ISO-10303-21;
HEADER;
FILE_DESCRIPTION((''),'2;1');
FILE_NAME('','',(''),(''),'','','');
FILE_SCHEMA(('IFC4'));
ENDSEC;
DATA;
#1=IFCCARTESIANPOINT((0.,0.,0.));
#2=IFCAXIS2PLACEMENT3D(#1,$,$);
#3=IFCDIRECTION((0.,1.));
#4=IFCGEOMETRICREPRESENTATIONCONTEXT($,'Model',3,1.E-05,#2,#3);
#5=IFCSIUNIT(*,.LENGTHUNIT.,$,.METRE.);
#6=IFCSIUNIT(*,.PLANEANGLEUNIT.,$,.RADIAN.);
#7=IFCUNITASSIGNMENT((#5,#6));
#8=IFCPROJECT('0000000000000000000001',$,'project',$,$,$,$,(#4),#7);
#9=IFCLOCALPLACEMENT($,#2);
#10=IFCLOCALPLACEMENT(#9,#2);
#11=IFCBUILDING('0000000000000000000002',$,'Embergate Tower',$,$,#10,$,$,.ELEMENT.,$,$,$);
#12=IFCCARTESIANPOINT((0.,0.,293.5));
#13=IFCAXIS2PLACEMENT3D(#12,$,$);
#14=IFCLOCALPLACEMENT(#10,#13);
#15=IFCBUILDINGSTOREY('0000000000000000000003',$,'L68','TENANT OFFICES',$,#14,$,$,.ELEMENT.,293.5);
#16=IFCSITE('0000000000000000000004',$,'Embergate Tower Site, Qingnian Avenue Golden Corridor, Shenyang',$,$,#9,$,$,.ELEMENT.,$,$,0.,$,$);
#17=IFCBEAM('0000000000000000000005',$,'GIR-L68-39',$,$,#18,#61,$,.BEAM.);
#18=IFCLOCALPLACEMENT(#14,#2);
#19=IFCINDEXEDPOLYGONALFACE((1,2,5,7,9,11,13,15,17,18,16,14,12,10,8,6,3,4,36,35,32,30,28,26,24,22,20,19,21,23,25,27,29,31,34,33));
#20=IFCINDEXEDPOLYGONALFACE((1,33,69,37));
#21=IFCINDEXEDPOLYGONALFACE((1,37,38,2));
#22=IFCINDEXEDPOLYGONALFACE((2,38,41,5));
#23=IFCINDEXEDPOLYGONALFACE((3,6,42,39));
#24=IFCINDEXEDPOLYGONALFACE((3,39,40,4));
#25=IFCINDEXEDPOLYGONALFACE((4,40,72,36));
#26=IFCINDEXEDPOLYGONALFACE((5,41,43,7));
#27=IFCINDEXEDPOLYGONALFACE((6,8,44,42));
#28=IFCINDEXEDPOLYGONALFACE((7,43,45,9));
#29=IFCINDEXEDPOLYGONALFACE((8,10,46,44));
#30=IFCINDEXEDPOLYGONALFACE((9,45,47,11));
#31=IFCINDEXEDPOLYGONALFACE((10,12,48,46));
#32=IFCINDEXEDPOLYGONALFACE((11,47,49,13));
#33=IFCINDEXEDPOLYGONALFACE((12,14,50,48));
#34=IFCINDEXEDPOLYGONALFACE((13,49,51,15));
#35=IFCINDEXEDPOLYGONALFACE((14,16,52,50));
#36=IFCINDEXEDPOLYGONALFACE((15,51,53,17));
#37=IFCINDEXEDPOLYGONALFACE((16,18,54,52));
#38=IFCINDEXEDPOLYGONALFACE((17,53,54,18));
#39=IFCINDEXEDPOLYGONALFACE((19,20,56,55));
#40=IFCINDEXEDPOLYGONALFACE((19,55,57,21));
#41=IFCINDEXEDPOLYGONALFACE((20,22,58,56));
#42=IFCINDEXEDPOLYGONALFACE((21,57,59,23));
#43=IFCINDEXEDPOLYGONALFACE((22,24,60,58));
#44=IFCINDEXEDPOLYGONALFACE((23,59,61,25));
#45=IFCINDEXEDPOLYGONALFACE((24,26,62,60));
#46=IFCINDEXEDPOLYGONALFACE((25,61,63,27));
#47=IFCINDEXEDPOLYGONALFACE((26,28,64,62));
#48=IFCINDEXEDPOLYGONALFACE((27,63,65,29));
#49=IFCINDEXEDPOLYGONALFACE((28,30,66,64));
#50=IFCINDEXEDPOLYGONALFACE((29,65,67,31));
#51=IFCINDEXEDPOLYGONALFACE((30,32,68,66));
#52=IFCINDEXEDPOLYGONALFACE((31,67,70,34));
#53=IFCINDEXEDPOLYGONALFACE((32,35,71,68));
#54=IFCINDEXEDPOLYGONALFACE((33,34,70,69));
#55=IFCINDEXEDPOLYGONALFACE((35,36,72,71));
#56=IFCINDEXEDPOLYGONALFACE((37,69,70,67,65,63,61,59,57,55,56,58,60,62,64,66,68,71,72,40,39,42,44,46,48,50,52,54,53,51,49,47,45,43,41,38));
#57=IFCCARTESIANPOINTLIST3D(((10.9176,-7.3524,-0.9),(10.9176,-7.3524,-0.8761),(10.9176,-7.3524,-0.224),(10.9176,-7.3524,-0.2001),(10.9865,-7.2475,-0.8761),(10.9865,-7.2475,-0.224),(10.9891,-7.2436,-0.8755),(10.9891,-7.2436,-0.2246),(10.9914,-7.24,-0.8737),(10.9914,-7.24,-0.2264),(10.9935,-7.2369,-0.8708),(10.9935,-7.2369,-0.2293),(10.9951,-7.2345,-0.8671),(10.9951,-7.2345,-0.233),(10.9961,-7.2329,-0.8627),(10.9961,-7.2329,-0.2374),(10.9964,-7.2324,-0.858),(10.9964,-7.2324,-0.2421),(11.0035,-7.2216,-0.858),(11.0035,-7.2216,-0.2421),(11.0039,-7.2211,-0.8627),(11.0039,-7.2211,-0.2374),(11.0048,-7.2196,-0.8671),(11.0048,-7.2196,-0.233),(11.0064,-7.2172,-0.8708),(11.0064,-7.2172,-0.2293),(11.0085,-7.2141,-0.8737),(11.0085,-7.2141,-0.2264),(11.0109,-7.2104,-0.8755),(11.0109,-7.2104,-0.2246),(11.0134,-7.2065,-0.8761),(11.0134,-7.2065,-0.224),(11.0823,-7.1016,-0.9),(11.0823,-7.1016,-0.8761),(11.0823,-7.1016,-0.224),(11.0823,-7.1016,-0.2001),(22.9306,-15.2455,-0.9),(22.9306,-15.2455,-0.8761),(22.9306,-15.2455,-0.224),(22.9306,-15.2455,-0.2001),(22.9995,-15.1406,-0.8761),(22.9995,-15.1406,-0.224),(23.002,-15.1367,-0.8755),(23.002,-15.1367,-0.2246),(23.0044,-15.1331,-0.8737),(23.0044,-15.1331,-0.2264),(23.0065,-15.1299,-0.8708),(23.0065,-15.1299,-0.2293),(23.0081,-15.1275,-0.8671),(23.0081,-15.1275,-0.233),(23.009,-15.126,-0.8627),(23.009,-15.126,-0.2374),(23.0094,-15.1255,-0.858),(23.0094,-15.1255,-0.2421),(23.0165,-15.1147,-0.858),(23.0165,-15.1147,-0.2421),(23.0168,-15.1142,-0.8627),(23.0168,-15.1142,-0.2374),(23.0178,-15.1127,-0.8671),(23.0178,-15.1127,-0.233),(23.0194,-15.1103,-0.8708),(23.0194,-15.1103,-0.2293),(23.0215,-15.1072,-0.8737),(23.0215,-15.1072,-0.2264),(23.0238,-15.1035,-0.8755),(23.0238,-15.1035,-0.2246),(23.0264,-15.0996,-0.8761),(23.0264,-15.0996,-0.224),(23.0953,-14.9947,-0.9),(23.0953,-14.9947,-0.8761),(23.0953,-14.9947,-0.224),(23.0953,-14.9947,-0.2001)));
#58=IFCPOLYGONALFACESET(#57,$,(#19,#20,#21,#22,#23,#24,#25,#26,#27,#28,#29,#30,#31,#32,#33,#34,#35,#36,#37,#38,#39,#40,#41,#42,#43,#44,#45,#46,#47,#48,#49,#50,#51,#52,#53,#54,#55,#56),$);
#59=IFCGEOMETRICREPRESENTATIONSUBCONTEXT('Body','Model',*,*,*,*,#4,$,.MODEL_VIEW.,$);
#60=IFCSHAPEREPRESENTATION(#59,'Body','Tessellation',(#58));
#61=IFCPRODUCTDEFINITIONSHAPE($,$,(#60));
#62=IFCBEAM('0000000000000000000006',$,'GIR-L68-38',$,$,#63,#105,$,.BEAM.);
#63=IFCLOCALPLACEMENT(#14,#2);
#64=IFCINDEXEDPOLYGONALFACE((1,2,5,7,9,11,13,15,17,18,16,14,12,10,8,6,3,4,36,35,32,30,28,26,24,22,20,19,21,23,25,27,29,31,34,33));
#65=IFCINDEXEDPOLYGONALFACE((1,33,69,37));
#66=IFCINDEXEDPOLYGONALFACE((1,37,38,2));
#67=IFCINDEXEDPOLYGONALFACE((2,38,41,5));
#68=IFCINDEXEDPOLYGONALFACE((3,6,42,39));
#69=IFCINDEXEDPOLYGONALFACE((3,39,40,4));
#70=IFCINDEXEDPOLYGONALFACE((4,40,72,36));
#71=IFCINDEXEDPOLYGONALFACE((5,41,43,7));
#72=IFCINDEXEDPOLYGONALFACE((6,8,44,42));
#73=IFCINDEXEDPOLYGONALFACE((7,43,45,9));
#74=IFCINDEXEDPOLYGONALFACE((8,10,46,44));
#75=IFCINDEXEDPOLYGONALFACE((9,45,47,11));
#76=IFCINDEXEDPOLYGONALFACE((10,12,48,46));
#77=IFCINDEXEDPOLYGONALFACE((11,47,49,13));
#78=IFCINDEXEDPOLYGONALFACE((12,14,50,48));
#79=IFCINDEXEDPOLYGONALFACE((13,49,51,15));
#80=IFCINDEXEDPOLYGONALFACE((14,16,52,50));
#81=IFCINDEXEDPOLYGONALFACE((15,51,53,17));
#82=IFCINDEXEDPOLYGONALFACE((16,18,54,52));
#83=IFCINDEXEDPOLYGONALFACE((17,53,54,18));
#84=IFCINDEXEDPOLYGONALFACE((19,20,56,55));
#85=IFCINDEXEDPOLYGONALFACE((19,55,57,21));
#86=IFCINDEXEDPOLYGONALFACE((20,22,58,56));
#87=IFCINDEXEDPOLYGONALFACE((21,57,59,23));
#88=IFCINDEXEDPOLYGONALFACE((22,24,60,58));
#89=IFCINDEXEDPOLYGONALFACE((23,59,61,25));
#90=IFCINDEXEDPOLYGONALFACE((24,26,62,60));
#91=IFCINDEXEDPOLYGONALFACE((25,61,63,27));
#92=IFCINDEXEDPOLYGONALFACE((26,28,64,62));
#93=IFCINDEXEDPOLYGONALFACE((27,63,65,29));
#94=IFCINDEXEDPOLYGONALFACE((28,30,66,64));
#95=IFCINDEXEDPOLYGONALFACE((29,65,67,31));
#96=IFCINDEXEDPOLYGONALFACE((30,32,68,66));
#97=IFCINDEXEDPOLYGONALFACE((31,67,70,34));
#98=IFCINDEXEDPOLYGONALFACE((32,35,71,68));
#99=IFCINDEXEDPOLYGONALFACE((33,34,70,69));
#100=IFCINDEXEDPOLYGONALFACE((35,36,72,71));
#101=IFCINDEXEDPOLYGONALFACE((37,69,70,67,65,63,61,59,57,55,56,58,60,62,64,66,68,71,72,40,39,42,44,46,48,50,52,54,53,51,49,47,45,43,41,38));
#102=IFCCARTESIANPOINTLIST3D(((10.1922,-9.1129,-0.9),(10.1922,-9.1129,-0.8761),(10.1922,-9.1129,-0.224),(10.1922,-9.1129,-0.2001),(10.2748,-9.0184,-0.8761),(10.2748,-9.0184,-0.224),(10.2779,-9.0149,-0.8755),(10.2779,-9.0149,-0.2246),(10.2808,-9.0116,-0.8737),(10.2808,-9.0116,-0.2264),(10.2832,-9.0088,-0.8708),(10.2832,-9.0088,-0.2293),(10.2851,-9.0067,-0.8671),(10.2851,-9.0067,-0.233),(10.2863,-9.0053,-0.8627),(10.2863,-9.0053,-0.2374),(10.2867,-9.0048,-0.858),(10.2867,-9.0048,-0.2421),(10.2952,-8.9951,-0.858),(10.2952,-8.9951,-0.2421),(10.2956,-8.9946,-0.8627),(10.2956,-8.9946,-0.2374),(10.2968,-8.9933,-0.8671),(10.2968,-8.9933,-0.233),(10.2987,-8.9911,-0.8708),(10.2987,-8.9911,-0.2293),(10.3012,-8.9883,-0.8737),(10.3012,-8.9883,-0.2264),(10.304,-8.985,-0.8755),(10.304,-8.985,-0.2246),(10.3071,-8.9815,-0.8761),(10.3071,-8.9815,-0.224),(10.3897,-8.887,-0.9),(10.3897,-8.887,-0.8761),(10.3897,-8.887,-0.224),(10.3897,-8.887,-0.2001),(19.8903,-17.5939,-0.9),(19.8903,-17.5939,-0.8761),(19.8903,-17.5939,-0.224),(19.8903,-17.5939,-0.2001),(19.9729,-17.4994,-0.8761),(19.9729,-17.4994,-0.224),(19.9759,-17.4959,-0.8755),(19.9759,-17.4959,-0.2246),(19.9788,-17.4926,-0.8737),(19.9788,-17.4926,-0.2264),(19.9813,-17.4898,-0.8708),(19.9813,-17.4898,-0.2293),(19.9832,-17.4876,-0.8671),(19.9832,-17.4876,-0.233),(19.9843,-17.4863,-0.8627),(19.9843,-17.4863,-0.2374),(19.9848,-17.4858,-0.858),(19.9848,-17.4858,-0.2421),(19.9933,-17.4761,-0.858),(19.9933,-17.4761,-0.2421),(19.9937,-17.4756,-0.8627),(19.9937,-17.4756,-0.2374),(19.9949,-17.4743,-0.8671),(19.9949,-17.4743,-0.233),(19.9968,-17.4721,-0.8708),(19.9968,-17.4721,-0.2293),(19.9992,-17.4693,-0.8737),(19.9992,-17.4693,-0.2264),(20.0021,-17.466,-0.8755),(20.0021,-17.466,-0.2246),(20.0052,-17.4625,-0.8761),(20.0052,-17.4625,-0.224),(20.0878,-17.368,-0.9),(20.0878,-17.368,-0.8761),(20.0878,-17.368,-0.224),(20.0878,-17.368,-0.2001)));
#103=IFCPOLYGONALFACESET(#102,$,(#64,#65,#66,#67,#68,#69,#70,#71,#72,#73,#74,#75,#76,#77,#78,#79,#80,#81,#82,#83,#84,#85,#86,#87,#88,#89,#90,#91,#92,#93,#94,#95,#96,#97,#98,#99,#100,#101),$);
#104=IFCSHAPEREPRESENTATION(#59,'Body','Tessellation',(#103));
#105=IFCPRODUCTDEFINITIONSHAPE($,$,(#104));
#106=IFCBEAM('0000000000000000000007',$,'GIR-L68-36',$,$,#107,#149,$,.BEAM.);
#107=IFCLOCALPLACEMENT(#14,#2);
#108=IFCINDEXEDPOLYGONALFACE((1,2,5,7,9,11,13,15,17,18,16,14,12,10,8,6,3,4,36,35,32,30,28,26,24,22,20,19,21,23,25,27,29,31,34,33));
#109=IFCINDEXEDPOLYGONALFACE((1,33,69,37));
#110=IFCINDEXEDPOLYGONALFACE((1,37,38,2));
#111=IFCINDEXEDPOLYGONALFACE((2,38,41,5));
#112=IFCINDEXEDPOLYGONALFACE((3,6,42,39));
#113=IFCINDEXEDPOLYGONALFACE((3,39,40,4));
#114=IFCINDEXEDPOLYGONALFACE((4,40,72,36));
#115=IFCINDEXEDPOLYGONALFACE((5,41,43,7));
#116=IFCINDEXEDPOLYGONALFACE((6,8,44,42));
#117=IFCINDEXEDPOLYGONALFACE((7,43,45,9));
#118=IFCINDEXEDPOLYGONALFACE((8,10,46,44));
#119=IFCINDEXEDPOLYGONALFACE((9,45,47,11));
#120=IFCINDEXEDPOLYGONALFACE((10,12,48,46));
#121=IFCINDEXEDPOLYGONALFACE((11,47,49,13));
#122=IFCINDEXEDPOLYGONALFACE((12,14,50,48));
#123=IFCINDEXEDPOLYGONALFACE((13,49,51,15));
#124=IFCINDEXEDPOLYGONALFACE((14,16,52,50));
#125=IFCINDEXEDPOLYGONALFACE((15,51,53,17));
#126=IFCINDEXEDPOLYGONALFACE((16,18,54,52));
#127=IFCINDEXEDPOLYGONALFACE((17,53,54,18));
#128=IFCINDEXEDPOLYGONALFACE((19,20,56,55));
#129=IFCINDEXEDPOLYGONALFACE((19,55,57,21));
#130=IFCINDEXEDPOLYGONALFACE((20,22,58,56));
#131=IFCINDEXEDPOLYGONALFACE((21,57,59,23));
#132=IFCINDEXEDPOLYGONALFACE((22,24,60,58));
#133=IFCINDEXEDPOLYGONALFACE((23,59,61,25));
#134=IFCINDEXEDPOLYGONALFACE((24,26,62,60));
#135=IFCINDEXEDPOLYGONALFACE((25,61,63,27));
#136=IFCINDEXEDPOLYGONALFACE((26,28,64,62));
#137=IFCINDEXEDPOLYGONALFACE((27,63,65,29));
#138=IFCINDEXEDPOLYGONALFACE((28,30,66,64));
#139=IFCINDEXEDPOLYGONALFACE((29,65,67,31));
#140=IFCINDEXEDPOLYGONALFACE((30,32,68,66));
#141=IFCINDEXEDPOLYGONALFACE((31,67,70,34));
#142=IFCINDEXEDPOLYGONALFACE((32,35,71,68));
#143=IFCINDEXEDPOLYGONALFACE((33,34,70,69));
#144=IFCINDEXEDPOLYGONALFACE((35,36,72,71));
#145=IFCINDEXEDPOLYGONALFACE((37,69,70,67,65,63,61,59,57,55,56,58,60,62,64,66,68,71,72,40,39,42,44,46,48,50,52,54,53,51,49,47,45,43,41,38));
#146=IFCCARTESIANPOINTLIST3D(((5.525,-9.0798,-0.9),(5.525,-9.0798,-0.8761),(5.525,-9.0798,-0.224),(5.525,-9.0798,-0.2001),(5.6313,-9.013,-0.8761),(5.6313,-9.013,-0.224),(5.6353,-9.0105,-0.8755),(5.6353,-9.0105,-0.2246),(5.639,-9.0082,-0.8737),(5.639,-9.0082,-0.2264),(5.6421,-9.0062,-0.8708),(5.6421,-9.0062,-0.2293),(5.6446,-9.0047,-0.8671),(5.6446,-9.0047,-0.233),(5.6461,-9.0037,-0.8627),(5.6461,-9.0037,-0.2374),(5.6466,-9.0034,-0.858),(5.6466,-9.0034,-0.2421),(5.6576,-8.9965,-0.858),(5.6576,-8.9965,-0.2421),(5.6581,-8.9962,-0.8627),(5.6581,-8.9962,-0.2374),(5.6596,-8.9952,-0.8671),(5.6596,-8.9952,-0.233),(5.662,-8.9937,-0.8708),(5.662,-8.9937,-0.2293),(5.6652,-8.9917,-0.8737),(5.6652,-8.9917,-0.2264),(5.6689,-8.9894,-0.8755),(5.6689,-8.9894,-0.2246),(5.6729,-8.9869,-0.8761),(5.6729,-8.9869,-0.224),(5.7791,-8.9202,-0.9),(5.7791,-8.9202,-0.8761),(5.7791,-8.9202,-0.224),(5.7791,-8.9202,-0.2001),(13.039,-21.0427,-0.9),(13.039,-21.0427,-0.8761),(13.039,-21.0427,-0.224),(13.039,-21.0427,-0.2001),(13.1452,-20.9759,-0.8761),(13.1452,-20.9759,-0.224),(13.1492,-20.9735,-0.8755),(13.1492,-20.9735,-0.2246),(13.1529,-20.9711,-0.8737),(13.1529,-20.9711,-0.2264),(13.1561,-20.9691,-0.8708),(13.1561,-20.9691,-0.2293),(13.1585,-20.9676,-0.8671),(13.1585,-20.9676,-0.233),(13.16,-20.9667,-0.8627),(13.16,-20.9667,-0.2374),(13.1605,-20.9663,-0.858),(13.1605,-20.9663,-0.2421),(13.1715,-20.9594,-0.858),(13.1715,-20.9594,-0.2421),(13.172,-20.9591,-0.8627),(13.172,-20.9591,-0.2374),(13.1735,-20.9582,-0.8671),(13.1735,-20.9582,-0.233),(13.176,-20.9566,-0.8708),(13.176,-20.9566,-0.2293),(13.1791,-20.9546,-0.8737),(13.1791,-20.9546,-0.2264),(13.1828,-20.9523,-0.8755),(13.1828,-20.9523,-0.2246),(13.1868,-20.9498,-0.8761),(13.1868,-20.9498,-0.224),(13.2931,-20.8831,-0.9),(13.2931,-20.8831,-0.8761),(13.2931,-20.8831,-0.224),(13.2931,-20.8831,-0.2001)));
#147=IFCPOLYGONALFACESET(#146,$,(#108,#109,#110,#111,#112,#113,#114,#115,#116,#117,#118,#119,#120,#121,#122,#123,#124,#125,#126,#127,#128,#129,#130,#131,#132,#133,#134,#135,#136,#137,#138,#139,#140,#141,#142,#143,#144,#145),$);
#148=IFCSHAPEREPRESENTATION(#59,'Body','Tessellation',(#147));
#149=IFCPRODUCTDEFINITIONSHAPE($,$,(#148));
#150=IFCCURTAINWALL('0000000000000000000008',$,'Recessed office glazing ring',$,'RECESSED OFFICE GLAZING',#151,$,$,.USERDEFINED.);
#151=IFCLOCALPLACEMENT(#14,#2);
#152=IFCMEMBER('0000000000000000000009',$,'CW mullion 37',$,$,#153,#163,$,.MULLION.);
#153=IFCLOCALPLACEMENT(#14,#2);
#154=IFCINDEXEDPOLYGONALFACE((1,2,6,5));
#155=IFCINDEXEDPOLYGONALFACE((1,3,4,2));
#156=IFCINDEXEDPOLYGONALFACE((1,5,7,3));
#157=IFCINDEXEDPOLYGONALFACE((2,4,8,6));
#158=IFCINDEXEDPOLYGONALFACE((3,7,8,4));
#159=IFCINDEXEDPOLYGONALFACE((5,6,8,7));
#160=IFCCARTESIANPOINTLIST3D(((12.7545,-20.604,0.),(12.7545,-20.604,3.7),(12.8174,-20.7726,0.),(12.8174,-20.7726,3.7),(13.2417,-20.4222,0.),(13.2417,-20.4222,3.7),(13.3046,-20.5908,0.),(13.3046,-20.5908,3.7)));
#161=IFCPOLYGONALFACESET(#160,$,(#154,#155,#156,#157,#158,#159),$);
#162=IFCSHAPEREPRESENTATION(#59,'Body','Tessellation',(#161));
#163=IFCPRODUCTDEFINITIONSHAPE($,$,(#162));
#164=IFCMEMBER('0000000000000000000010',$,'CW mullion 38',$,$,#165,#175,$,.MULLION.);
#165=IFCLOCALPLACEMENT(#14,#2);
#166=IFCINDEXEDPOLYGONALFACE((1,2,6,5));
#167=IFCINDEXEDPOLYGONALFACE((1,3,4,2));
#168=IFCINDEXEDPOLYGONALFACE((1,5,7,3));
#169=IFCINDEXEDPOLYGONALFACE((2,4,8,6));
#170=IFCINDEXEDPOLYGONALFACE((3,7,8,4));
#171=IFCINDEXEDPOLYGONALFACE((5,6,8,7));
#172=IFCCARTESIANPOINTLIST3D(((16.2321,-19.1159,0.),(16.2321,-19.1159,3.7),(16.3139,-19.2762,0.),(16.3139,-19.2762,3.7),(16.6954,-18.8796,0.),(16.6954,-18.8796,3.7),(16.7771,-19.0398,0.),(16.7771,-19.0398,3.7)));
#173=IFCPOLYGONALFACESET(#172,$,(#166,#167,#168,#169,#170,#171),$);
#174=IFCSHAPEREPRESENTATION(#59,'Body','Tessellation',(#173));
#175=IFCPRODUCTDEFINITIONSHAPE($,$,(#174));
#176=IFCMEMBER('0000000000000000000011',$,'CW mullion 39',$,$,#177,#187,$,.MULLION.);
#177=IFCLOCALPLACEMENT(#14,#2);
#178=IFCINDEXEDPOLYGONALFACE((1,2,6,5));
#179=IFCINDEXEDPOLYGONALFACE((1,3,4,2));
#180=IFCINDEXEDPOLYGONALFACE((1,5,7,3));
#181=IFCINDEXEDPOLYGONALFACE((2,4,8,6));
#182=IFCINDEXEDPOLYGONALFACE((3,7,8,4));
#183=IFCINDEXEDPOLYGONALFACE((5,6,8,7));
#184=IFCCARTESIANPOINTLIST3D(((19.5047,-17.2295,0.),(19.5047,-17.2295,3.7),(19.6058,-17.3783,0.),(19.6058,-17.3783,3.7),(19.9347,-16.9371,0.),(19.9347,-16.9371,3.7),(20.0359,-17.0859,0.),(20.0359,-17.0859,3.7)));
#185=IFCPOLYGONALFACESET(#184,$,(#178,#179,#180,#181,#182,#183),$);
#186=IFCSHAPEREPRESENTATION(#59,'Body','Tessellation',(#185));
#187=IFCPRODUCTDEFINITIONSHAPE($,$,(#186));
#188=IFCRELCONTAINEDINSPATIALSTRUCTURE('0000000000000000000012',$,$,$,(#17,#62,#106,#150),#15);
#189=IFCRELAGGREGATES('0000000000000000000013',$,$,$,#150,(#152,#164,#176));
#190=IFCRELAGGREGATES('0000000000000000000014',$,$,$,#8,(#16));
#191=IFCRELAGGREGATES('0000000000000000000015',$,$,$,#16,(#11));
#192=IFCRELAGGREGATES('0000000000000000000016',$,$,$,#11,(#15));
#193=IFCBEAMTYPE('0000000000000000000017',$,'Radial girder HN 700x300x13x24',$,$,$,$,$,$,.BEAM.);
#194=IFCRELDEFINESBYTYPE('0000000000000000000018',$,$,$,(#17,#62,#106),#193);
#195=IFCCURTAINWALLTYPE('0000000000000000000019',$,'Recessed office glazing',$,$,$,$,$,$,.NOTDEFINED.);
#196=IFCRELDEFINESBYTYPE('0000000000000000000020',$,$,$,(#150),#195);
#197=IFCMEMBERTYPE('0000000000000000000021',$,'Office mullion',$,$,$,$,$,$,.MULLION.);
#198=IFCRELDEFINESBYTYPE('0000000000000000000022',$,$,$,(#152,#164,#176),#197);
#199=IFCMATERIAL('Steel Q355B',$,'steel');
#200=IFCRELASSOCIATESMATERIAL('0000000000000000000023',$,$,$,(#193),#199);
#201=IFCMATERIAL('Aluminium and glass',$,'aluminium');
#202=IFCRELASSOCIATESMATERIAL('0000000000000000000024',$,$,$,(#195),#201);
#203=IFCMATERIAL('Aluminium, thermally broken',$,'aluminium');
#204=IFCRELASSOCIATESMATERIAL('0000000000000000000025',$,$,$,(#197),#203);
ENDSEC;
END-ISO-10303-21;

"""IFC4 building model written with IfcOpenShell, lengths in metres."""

from ifc_helpers import new_model, si_unit, direction, frame, origin, origin_2d, place, context, subcontext, project, spatial, rectangle, i_section, extrude, source, transform, mapped, material, material_profile, profile_set, type_object, element, aggregate, save


model = new_model("IFC4")

# Units and contexts
model_context = context("Model", 3, precision=1e-05, world=origin(), true_north=direction((0.0, 1.0)))
body_context = subcontext(model_context, "Body", "Model", "MODEL_VIEW")
ifc_project = project(units=[si_unit("LENGTHUNIT", "METRE"), si_unit("PLANEANGLEUNIT", "RADIAN")], contexts=[model_context])

# Site, building, storey
site_placement = place(None, origin())
site = spatial("IfcSite", under=ifc_project, at=site_placement, Name="Embergate Tower Site, Qingnian Avenue Golden Corridor, Shenyang", CompositionType="ELEMENT", RefElevation=0.0)
building_placement = place(site_placement, origin())
building = spatial("IfcBuilding", under=site, at=building_placement, Name="Embergate Tower", CompositionType="ELEMENT")
storey_placement = place(building_placement, frame((0.0, 0.0, 293.5)))
storey = spatial("IfcBuildingStorey", under=building, at=storey_placement, Name="L68", Description="TENANT OFFICES", CompositionType="ELEMENT", Elevation=293.5)

# Beams
ifc_material_1 = material(Name="Steel Q355B", Category="steel")
ifc_material_profile_1 = material_profile(ifc_material_1, i_section(OverallWidth=0.3, OverallDepth=0.7, WebThickness=0.0129, FlangeThickness=0.0239, FilletRadius=0.0181, at=origin_2d()), Name="HN 700x300x13x24")
ifc_profile_set_1 = profile_set([ifc_material_profile_1], Name="Steel Q355 grade B")
beam_type_1 = type_object("IfcBeamType", Name="Radial girder HN 700x300x13x24", PredefinedType="BEAM", material=ifc_profile_set_1)
shared_shape_1 = source(origin(), body_context, "Body", "SweptSolid", [
    extrude(i_section(OverallWidth=0.3, OverallDepth=0.7, WebThickness=0.0129, FlangeThickness=0.0239, FilletRadius=0.0181, at=origin_2d()), origin(), (0.0, 0.0, 1.0), 14.374),
])
beam_1_placement = place(storey_placement, frame((23.0129, -15.1201, -0.55), z_axis=(-0.835742, 0.549122, 0.0), x_axis=(-0.549122, -0.835742, 0.0)))
element("IfcBeam", 1, at=beam_1_placement, inside=storey, type_object=beam_type_1, Name="GIR-L68-39", PredefinedType="BEAM", context=body_context, shape_type="MappedRepresentation", body=[
    mapped(shared_shape_1, transform((0.0, 0.0, 0.0))),
])
shared_shape_2 = source(origin(), body_context, "Body", "SweptSolid", [
    extrude(i_section(OverallWidth=0.3, OverallDepth=0.7, WebThickness=0.0129, FlangeThickness=0.0239, FilletRadius=0.0181, at=origin_2d()), origin(), (0.0, 0.0, 1.0), 12.8833),
])
beam_2_placement = place(storey_placement, frame((19.989, -17.481, -0.55), z_axis=(-0.752761, 0.658294, 0.0), x_axis=(-0.658294, -0.752761, 0.0)))
element("IfcBeam", 2, at=beam_2_placement, inside=storey, type_object=beam_type_1, Name="GIR-L68-38", PredefinedType="BEAM", context=body_context, shape_type="MappedRepresentation", body=[
    mapped(shared_shape_2, transform((0.0, 0.0, 0.0))),
])
shared_shape_3 = source(origin(), body_context, "Body", "SweptSolid", [
    extrude(i_section(OverallWidth=0.3, OverallDepth=0.7, WebThickness=0.0129, FlangeThickness=0.0239, FilletRadius=0.0181, at=origin_2d()), origin(), (0.0, 0.0, 1.0), 14.127),
])
beam_3_placement = place(storey_placement, frame((13.166, -20.9629, -0.55), z_axis=(-0.531887, 0.846816, 0.0), x_axis=(-0.846816, -0.531887, 0.0)))
element("IfcBeam", 3, at=beam_3_placement, inside=storey, type_object=beam_type_1, Name="GIR-L68-36", PredefinedType="BEAM", context=body_context, shape_type="MappedRepresentation", body=[
    mapped(shared_shape_3, transform((0.0, 0.0, 0.0))),
])

# Curtain wall, members
ifc_material_2 = material(Name="Aluminium and glass", Category="aluminium")
curtain_wall_type = type_object("IfcCurtainWallType", Name="Recessed office glazing", PredefinedType="NOTDEFINED", material=ifc_material_2)
curtain_wall_placement = place(storey_placement, origin())
curtain_wall = element("IfcCurtainWall", 4, at=curtain_wall_placement, inside=storey, type_object=curtain_wall_type, Name="Recessed office glazing ring", ObjectType="RECESSED OFFICE GLAZING", PredefinedType="USERDEFINED")
ifc_material_3 = material(Name="Aluminium, thermally broken", Category="aluminium")
ifc_material_profile_2 = material_profile(ifc_material_3, rectangle(XDim=0.1799, YDim=0.52, at=origin_2d()), Name="AL 520x180")
ifc_profile_set_2 = profile_set([ifc_material_profile_2], Name="Aluminium, thermally broken")
member_type_1 = type_object("IfcMemberType", Name="Office mullion", PredefinedType="MULLION", material=ifc_profile_set_2)
shared_shape_4 = source(origin(), body_context, "Body", "SweptSolid", [
    extrude(rectangle(XDim=0.1799, YDim=0.52, at=origin_2d()), origin(), (0.0, 0.0, 1.0), 3.7),
])
member_1_placement = place(storey_placement, frame((13.0295, -20.5974, 0.0), z_axis=(0.0, 0.0, 1.0), x_axis=(-0.349501, 0.936936, 0.0)))
member_1 = element("IfcMember", 5, at=member_1_placement, type_object=member_type_1, Name="CW mullion 37", PredefinedType="MULLION", context=body_context, shape_type="MappedRepresentation", body=[
    mapped(shared_shape_4, transform((0.0, 0.0, 0.0))),
])
member_2_placement = place(storey_placement, frame((16.5046, -19.0779, 0.0), z_axis=(0.0, 0.0, 1.0), x_axis=(-0.454508, 0.890743, 0.0)))
member_2 = element("IfcMember", 6, at=member_2_placement, type_object=member_type_1, Name="CW mullion 38", PredefinedType="MULLION", context=body_context, shape_type="MappedRepresentation", body=[
    mapped(shared_shape_4, transform((0.0, 0.0, 0.0))),
])
member_3_placement = place(storey_placement, frame((19.7703, -17.1577, 0.0), z_axis=(0.0, 0.0, 1.0), x_axis=(-0.562212, 0.826993, 0.0)))
member_3 = element("IfcMember", 7, at=member_3_placement, type_object=member_type_1, Name="CW mullion 39", PredefinedType="MULLION", context=body_context, shape_type="MappedRepresentation", body=[
    mapped(shared_shape_4, transform((0.0, 0.0, 0.0))),
])
aggregate(curtain_wall, [member_1, member_2, member_3])

save(model, "model.ifc")
